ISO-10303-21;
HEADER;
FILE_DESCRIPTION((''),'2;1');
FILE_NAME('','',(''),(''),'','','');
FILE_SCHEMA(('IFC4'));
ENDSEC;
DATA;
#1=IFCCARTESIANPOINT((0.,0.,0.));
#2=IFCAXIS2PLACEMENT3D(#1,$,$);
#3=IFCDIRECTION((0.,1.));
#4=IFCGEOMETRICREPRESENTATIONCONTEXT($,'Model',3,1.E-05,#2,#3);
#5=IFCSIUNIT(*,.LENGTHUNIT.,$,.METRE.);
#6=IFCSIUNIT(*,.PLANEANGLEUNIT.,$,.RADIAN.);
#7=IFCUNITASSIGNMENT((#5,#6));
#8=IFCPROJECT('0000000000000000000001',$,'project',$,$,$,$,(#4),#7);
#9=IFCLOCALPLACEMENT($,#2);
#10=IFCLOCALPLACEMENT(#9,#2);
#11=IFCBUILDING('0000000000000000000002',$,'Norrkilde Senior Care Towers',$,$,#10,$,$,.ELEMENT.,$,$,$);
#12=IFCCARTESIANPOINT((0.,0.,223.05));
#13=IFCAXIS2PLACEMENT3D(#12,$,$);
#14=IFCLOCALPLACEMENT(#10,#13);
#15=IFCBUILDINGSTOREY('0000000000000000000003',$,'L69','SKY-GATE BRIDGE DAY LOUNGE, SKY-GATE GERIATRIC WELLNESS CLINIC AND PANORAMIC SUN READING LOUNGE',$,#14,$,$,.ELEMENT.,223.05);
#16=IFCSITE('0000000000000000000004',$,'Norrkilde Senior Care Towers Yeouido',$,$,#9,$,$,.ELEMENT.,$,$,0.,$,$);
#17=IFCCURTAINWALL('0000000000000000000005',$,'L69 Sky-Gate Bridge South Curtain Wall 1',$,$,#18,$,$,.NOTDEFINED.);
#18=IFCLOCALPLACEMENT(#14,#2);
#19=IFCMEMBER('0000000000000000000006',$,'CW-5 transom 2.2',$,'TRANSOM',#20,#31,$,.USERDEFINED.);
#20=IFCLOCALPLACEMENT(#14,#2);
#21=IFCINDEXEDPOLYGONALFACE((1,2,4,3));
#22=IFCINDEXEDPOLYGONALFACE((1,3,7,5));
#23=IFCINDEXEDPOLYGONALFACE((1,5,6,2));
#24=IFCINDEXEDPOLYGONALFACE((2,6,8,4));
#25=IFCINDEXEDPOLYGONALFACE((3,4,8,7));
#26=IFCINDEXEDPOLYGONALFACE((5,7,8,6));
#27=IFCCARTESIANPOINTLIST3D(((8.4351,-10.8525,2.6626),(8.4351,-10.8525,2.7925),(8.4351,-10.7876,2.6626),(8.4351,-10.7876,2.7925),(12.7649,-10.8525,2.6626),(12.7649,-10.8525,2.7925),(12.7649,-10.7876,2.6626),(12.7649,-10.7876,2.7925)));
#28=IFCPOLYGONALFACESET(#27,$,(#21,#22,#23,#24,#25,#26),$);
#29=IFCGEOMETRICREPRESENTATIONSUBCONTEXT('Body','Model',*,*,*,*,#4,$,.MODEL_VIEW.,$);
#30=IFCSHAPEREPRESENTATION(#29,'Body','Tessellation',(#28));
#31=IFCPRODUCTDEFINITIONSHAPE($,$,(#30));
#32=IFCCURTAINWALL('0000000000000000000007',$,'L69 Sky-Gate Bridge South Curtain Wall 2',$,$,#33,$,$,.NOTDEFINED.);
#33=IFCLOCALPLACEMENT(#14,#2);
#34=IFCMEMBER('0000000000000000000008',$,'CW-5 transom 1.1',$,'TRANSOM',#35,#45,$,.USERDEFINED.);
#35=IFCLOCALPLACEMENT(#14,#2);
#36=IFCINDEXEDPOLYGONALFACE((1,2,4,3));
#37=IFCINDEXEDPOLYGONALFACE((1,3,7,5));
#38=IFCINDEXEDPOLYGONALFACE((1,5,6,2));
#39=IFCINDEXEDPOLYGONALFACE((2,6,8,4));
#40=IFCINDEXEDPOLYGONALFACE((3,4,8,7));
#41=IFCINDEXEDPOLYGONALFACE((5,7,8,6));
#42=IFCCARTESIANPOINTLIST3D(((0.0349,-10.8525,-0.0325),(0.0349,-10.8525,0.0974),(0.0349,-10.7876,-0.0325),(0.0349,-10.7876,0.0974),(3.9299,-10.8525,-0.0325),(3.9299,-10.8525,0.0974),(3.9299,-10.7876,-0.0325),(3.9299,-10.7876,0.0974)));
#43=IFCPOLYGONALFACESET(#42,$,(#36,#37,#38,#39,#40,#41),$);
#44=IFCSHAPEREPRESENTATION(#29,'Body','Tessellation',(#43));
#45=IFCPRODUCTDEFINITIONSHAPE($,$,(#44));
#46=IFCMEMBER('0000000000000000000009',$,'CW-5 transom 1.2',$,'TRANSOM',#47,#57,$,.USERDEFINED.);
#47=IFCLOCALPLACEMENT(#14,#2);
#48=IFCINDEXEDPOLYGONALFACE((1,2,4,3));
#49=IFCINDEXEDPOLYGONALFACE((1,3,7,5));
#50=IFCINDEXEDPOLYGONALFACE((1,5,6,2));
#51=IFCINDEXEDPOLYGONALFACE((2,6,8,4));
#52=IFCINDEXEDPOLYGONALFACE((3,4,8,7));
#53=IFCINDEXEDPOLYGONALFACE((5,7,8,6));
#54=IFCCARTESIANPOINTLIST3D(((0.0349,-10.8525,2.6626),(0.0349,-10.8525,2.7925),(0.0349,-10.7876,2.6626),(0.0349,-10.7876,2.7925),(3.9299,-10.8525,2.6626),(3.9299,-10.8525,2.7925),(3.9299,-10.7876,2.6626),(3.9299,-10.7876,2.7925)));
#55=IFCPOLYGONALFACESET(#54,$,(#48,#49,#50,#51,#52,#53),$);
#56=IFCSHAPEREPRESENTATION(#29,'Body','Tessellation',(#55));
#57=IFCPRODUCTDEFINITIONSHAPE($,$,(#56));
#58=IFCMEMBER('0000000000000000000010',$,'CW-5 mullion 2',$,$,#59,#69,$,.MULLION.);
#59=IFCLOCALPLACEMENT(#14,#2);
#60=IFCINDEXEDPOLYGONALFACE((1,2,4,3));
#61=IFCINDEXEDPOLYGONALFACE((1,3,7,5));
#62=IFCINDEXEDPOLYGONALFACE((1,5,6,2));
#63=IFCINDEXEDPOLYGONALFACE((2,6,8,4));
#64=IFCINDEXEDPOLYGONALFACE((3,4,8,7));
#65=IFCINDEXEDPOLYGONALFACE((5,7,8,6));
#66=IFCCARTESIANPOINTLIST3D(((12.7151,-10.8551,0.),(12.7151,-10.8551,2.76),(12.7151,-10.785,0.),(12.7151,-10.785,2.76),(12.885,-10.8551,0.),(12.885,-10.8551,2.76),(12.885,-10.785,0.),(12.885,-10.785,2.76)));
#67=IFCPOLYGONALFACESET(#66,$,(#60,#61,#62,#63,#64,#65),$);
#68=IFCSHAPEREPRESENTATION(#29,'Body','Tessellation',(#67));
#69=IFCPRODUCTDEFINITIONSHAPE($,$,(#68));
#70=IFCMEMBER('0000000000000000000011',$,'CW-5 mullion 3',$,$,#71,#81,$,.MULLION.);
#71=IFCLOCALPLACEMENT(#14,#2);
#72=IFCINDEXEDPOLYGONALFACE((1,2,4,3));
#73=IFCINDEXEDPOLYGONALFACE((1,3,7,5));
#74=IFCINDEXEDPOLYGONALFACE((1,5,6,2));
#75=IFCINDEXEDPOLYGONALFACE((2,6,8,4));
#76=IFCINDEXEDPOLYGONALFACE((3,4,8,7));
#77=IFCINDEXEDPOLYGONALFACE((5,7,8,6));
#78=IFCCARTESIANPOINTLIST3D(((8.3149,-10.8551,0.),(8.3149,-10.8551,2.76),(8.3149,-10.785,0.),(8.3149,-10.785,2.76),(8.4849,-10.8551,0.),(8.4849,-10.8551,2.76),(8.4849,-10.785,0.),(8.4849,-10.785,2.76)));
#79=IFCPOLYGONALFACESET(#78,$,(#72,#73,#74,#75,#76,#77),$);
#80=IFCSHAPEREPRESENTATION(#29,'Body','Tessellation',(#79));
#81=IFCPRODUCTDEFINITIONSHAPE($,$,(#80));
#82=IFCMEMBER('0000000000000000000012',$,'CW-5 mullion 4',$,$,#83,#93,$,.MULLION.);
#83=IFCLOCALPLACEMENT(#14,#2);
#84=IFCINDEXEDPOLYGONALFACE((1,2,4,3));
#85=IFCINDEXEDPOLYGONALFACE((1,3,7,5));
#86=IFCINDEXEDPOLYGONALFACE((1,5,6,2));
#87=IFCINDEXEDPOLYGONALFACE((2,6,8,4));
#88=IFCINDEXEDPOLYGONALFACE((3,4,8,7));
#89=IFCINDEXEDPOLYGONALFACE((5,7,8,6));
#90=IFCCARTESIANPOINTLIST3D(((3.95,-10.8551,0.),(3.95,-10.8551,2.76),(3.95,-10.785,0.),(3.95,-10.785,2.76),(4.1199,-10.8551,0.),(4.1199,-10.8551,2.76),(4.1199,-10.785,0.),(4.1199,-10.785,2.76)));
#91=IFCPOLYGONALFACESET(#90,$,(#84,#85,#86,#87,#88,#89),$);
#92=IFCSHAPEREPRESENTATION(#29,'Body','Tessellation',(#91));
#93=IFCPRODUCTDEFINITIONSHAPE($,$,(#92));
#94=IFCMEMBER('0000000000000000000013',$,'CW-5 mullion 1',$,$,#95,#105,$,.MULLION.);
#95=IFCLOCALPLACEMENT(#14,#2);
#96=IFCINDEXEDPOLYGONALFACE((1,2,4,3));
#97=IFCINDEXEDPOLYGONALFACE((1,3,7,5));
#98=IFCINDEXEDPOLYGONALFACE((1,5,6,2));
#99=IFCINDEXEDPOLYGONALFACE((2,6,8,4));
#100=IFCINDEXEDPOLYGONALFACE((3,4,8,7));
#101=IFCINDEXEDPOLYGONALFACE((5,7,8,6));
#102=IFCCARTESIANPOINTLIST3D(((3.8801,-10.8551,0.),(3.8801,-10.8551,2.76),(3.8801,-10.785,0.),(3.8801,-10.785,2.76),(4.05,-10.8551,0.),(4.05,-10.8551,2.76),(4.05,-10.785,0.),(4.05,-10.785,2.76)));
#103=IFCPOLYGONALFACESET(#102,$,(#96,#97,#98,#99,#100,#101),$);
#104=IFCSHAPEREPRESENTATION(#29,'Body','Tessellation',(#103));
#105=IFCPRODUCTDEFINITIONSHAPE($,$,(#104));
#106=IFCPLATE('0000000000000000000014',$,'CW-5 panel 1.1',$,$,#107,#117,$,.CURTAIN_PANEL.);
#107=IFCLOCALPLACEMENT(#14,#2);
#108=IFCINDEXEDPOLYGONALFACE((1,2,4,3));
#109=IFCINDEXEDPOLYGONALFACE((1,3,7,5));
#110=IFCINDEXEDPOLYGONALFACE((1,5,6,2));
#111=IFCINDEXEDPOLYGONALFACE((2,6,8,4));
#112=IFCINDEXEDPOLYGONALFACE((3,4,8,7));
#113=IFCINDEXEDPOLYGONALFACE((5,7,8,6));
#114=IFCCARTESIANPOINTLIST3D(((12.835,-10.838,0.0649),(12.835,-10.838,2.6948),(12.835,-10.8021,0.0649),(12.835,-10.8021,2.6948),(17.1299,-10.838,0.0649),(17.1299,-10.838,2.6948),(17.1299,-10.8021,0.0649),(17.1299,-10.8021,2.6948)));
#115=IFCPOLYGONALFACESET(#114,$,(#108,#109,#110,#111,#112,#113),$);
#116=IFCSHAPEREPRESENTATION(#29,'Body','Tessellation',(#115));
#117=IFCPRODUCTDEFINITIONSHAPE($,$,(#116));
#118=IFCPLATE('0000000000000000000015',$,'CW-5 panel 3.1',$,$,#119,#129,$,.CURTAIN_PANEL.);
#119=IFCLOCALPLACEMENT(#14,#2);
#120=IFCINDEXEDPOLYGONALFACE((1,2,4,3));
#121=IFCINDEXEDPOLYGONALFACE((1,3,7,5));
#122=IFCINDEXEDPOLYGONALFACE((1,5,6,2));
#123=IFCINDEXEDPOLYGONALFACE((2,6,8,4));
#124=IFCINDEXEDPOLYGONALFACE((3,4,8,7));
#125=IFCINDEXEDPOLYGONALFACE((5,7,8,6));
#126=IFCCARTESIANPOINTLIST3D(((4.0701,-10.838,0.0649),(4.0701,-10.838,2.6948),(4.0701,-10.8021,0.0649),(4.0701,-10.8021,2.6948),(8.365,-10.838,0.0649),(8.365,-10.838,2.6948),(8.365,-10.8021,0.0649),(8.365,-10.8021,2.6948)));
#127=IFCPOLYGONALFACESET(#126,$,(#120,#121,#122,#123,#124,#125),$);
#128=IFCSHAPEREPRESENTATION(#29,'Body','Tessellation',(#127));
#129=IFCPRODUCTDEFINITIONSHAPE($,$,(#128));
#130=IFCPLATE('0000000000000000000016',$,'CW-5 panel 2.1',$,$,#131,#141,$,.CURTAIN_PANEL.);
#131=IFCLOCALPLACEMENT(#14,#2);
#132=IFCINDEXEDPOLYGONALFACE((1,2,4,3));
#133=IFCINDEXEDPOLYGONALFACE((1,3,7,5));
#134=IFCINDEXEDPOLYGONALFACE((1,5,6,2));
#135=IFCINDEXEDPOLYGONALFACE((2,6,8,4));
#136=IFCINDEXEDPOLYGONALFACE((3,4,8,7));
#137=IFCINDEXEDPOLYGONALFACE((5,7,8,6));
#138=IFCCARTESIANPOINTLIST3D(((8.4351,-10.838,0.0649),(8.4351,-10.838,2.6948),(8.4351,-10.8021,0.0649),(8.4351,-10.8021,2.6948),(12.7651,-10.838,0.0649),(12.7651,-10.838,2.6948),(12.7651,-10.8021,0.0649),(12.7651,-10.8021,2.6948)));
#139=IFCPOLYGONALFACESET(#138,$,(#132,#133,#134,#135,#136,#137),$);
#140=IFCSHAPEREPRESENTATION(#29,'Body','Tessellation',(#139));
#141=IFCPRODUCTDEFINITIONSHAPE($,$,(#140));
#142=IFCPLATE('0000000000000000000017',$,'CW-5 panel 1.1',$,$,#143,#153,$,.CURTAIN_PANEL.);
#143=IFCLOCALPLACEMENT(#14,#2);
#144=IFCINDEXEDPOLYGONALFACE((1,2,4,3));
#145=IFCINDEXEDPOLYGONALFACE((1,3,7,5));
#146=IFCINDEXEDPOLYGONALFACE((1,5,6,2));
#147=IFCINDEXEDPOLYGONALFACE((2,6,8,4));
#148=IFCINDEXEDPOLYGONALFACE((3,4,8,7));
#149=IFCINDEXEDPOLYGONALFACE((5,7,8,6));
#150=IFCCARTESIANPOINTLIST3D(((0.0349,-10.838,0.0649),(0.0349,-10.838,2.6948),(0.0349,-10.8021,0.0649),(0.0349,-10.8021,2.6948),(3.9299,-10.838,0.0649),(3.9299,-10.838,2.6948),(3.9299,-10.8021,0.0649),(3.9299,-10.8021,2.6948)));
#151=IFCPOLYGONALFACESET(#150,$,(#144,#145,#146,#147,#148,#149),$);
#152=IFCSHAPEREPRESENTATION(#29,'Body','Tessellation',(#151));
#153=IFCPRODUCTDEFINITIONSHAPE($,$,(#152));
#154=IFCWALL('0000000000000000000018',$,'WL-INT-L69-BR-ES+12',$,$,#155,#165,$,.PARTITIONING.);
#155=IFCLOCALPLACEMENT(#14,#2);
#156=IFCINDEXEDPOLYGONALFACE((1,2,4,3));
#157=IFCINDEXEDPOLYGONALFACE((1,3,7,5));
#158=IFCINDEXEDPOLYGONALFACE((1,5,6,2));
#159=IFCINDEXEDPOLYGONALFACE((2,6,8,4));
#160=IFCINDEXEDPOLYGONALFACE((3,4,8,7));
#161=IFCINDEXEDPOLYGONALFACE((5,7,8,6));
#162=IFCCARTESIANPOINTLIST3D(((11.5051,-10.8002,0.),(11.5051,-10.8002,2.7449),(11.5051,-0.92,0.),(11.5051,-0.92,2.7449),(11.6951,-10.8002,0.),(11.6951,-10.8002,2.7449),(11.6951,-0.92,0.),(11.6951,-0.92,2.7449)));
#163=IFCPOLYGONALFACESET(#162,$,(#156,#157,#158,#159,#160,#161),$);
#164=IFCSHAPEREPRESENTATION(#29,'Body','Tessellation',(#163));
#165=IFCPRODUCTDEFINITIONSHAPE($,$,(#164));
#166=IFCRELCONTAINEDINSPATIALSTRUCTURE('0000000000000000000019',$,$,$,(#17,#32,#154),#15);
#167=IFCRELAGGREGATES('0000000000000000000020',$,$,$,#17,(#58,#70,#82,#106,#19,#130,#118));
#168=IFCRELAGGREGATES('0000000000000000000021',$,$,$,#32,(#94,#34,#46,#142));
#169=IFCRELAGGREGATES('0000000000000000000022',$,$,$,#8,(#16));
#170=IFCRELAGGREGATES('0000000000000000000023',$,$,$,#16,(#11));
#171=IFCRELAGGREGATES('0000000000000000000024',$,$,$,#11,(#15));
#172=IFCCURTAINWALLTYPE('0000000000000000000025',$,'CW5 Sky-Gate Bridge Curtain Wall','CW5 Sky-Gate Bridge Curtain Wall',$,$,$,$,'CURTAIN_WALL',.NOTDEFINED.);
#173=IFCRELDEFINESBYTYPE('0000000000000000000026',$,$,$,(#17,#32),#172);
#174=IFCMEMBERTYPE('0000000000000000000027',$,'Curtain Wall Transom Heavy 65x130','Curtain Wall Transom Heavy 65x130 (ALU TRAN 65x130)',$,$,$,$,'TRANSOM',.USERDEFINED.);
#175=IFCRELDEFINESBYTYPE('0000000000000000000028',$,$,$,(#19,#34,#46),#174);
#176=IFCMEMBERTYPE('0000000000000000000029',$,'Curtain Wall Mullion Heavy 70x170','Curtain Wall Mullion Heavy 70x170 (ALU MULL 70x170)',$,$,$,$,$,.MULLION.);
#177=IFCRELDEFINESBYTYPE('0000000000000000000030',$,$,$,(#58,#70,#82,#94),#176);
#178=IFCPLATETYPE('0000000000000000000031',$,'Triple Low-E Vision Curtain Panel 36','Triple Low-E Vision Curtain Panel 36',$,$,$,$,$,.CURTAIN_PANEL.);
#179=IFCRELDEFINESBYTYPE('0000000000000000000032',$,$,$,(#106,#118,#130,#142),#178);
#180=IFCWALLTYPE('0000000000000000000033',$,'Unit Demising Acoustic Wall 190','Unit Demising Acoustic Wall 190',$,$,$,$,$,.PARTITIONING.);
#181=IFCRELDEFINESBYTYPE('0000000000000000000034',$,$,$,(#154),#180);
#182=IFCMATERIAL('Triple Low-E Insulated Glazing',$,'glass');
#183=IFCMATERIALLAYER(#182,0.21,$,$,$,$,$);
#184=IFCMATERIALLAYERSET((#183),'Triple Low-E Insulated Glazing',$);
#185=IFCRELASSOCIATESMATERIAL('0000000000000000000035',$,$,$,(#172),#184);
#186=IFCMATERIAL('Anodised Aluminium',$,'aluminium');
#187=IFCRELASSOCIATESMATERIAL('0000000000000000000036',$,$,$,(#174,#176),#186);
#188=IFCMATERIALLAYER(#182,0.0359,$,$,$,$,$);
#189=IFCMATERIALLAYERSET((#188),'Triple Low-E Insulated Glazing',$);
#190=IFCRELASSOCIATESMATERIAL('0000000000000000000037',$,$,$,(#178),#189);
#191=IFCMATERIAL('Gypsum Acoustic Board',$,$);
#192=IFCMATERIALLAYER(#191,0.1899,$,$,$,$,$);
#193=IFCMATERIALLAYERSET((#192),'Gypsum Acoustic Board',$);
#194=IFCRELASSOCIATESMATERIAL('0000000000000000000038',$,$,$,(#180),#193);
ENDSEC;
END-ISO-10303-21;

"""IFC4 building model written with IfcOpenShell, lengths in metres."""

from ifc_helpers import new_model, si_unit, direction, frame, frame_2d, origin, origin_2d, place, context, subcontext, project, spatial, rectangle, extrude, source, transform, mapped, material, layer, layer_set, material_profile, profile_set, type_object, type_shapes, element, aggregate, save


model = new_model("IFC4")

# Units and contexts
model_context = context("Model", 3, precision=1e-05, world=origin(), true_north=direction((0.0, 1.0)))
body_context = subcontext(model_context, "Body", "Model", "MODEL_VIEW")
ifc_project = project(units=[si_unit("LENGTHUNIT", "METRE"), si_unit("PLANEANGLEUNIT", "RADIAN")], contexts=[model_context])

# Site, building, storey
site_placement = place(None, origin())
site = spatial("IfcSite", under=ifc_project, at=site_placement, Name="Norrkilde Senior Care Towers Yeouido", CompositionType="ELEMENT", RefElevation=0.0)
building_placement = place(site_placement, origin())
building = spatial("IfcBuilding", under=site, at=building_placement, Name="Norrkilde Senior Care Towers", CompositionType="ELEMENT")
storey_placement = place(building_placement, frame((0.0, 0.0, 223.05)))
storey = spatial("IfcBuildingStorey", under=building, at=storey_placement, Name="L69", Description="SKY-GATE BRIDGE DAY LOUNGE, SKY-GATE GERIATRIC WELLNESS CLINIC AND PANORAMIC SUN READING LOUNGE", CompositionType="ELEMENT", Elevation=223.05)

# Curtain walls, members
ifc_material_1 = material(Name="Triple Low-E Insulated Glazing", Category="glass")
ifc_layer_1 = layer(ifc_material_1, 0.21)
ifc_layer_set_1 = layer_set([ifc_layer_1], Name="Triple Low-E Insulated Glazing")
curtain_wall_type = type_object("IfcCurtainWallType", Name="CW5 Sky-Gate Bridge Curtain Wall", Description="CW5 Sky-Gate Bridge Curtain Wall", ElementType="CURTAIN_WALL", PredefinedType="NOTDEFINED", material=ifc_layer_set_1)
curtain_wall_1_placement = place(storey_placement, origin())
curtain_wall_1 = element("IfcCurtainWall", 1, at=curtain_wall_1_placement, inside=storey, type_object=curtain_wall_type, Name="L69 Sky-Gate Bridge South Curtain Wall 1", PredefinedType="NOTDEFINED")
ifc_material_2 = material(Name="Anodised Aluminium", Category="aluminium")
ifc_material_profile_1 = material_profile(ifc_material_2, rectangle(XDim=0.0649, YDim=0.1299, at=origin_2d()), Name="ALU TRAN 65x130")
ifc_profile_set_1 = profile_set([ifc_material_profile_1], Name="Anodised Aluminium")
member_type_1 = type_object("IfcMemberType", Name="Curtain Wall Transom Heavy 65x130", Description="Curtain Wall Transom Heavy 65x130 (ALU TRAN 65x130)", ElementType="TRANSOM", PredefinedType="USERDEFINED", material=ifc_profile_set_1)
shared_shape_1 = source(origin(), body_context, "Body", "SweptSolid", [
    extrude(rectangle(XDim=0.0649, YDim=0.1299, at=origin_2d()), origin(), (0.0, 0.0, 1.0), 4.3298),
])
member_1_placement = place(storey_placement, frame((12.7649, -10.8201, 2.7275), z_axis=(-1.0, 0.0, 0.0), x_axis=(0.0, -1.0, 0.0)))
member_1 = element("IfcMember", 2, at=member_1_placement, type_object=member_type_1, Name="CW-5 transom 2.2", ObjectType="TRANSOM", PredefinedType="USERDEFINED", context=body_context, shape_type="MappedRepresentation", body=[
    mapped(shared_shape_1, transform((0.0, 0.0, 0.0), x_axis=(1.0, 0.0, 0.0), y_axis=(0.0, 1.0, 0.0), z_axis=(0.0, 0.0, 1.0), scale=1.0)),
])
curtain_wall_2_placement = place(storey_placement, origin())
curtain_wall_2 = element("IfcCurtainWall", 3, at=curtain_wall_2_placement, inside=storey, type_object=curtain_wall_type, Name="L69 Sky-Gate Bridge South Curtain Wall 2", PredefinedType="NOTDEFINED")
shared_shape_2 = source(origin(), body_context, "Body", "SweptSolid", [
    extrude(rectangle(XDim=0.0649, YDim=0.1299, at=origin_2d()), origin(), (0.0, 0.0, 1.0), 3.895),
])
member_2_placement = place(storey_placement, frame((3.9299, -10.8201, 0.0325), z_axis=(-1.0, 0.0, 0.0), x_axis=(0.0, -1.0, 0.0)))
member_2 = element("IfcMember", 4, at=member_2_placement, type_object=member_type_1, Name="CW-5 transom 1.1", ObjectType="TRANSOM", PredefinedType="USERDEFINED", context=body_context, shape_type="MappedRepresentation", body=[
    mapped(shared_shape_2, transform((0.0, 0.0, 0.0), x_axis=(1.0, 0.0, 0.0), y_axis=(0.0, 1.0, 0.0), z_axis=(0.0, 0.0, 1.0), scale=1.0)),
])
member_3_placement = place(storey_placement, frame((3.9299, -10.8201, 2.7275), z_axis=(-1.0, 0.0, 0.0), x_axis=(0.0, -1.0, 0.0)))
member_3 = element("IfcMember", 5, at=member_3_placement, type_object=member_type_1, Name="CW-5 transom 1.2", ObjectType="TRANSOM", PredefinedType="USERDEFINED", context=body_context, shape_type="MappedRepresentation", body=[
    mapped(shared_shape_2, transform((0.0, 0.0, 0.0), x_axis=(1.0, 0.0, 0.0), y_axis=(0.0, 1.0, 0.0), z_axis=(0.0, 0.0, 1.0), scale=1.0)),
])

# Members
ifc_material_profile_2 = material_profile(ifc_material_2, rectangle(XDim=0.0701, YDim=0.1699, at=origin_2d()), Name="ALU MULL 70x170")
ifc_profile_set_2 = profile_set([ifc_material_profile_2], Name="Anodised Aluminium")
member_type_2 = type_object("IfcMemberType", Name="Curtain Wall Mullion Heavy 70x170", Description="Curtain Wall Mullion Heavy 70x170 (ALU MULL 70x170)", PredefinedType="MULLION", material=ifc_profile_set_2)
shared_shape_3 = source(origin(), body_context, "Body", "SweptSolid", [
    extrude(rectangle(XDim=0.0701, YDim=0.1699, at=origin_2d()), origin(), (0.0, 0.0, 1.0), 2.76),
])
type_shapes(member_type_2, [shared_shape_3])
member_4_placement = place(storey_placement, frame((12.8, -10.8201, 0.0), z_axis=(0.0, 0.0, 1.0), x_axis=(0.0, -1.0, 0.0)))
member_4 = element("IfcMember", 6, at=member_4_placement, type_object=member_type_2, Name="CW-5 mullion 2", PredefinedType="MULLION", context=body_context, shape_type="MappedRepresentation", body=[
    mapped(shared_shape_3, transform((0.0, 0.0, 0.0), x_axis=(1.0, 0.0, 0.0), y_axis=(0.0, 1.0, 0.0), z_axis=(0.0, 0.0, 1.0), scale=1.0)),
])
member_5_placement = place(storey_placement, frame((8.3999, -10.8201, 0.0), z_axis=(0.0, 0.0, 1.0), x_axis=(0.0, -1.0, 0.0)))
member_5 = element("IfcMember", 7, at=member_5_placement, type_object=member_type_2, Name="CW-5 mullion 3", PredefinedType="MULLION", context=body_context, shape_type="MappedRepresentation", body=[
    mapped(shared_shape_3, transform((0.0, 0.0, 0.0), x_axis=(1.0, 0.0, 0.0), y_axis=(0.0, 1.0, 0.0), z_axis=(0.0, 0.0, 1.0), scale=1.0)),
])
member_6_placement = place(storey_placement, frame((4.0349, -10.8201, 0.0), z_axis=(0.0, 0.0, 1.0), x_axis=(0.0, -1.0, 0.0)))
member_6 = element("IfcMember", 8, at=member_6_placement, type_object=member_type_2, Name="CW-5 mullion 4", PredefinedType="MULLION", context=body_context, shape_type="MappedRepresentation", body=[
    mapped(shared_shape_3, transform((0.0, 0.0, 0.0), x_axis=(1.0, 0.0, 0.0), y_axis=(0.0, 1.0, 0.0), z_axis=(0.0, 0.0, 1.0), scale=1.0)),
])
member_7_placement = place(storey_placement, frame((3.9651, -10.8201, 0.0), z_axis=(0.0, 0.0, 1.0), x_axis=(0.0, -1.0, 0.0)))
member_7 = element("IfcMember", 9, at=member_7_placement, type_object=member_type_2, Name="CW-5 mullion 1", PredefinedType="MULLION", context=body_context, shape_type="MappedRepresentation", body=[
    mapped(shared_shape_3, transform((0.0, 0.0, 0.0), x_axis=(1.0, 0.0, 0.0), y_axis=(0.0, 1.0, 0.0), z_axis=(0.0, 0.0, 1.0), scale=1.0)),
])

# Plates
ifc_layer_2 = layer(ifc_material_1, 0.0359)
ifc_layer_set_2 = layer_set([ifc_layer_2], Name="Triple Low-E Insulated Glazing")
plate_type = type_object("IfcPlateType", Name="Triple Low-E Vision Curtain Panel 36", Description="Triple Low-E Vision Curtain Panel 36", PredefinedType="CURTAIN_PANEL", material=ifc_layer_set_2)
shared_shape_4 = source(origin(), body_context, "Body", "SweptSolid", [
    extrude(rectangle(XDim=4.2949, YDim=0.0359, at=origin_2d()), origin(), (0.0, 0.0, 1.0), 2.6299),
])
plate_1_placement = place(storey_placement, frame((14.9824, -10.8201, 0.0649), z_axis=(0.0, 0.0, 1.0), x_axis=(-1.0, 0.0, 0.0)))
plate_1 = element("IfcPlate", 10, at=plate_1_placement, type_object=plate_type, Name="CW-5 panel 1.1", PredefinedType="CURTAIN_PANEL", context=body_context, shape_type="MappedRepresentation", body=[
    mapped(shared_shape_4, transform((0.0, 0.0, 0.0), x_axis=(1.0, 0.0, 0.0), y_axis=(0.0, 1.0, 0.0), z_axis=(0.0, 0.0, 1.0), scale=1.0)),
])
plate_2_placement = place(storey_placement, frame((6.2175, -10.8201, 0.0649), z_axis=(0.0, 0.0, 1.0), x_axis=(-1.0, 0.0, 0.0)))
plate_2 = element("IfcPlate", 11, at=plate_2_placement, type_object=plate_type, Name="CW-5 panel 3.1", PredefinedType="CURTAIN_PANEL", context=body_context, shape_type="MappedRepresentation", body=[
    mapped(shared_shape_4, transform((0.0, 0.0, 0.0), x_axis=(1.0, 0.0, 0.0), y_axis=(0.0, 1.0, 0.0), z_axis=(0.0, 0.0, 1.0), scale=1.0)),
])
shared_shape_5 = source(origin(), body_context, "Body", "SweptSolid", [
    extrude(rectangle(XDim=4.3301, YDim=0.0359, at=origin_2d()), origin(), (0.0, 0.0, 1.0), 2.6299),
])
plate_3_placement = place(storey_placement, frame((10.6001, -10.8201, 0.0649), z_axis=(0.0, 0.0, 1.0), x_axis=(-1.0, 0.0, 0.0)))
plate_3 = element("IfcPlate", 12, at=plate_3_placement, type_object=plate_type, Name="CW-5 panel 2.1", PredefinedType="CURTAIN_PANEL", context=body_context, shape_type="MappedRepresentation", body=[
    mapped(shared_shape_5, transform((0.0, 0.0, 0.0), x_axis=(1.0, 0.0, 0.0), y_axis=(0.0, 1.0, 0.0), z_axis=(0.0, 0.0, 1.0), scale=1.0)),
])
aggregate(curtain_wall_1, [member_4, member_5, member_6, plate_1, member_1, plate_3, plate_2])
shared_shape_6 = source(origin(), body_context, "Body", "SweptSolid", [
    extrude(rectangle(XDim=3.895, YDim=0.0359, at=origin_2d()), origin(), (0.0, 0.0, 1.0), 2.6299),
])
type_shapes(plate_type, [shared_shape_4, shared_shape_5, shared_shape_6])
plate_4_placement = place(storey_placement, frame((1.9824, -10.8201, 0.0649), z_axis=(0.0, 0.0, 1.0), x_axis=(-1.0, 0.0, 0.0)))
plate_4 = element("IfcPlate", 13, at=plate_4_placement, type_object=plate_type, Name="CW-5 panel 1.1", PredefinedType="CURTAIN_PANEL", context=body_context, shape_type="MappedRepresentation", body=[
    mapped(shared_shape_6, transform((0.0, 0.0, 0.0), x_axis=(1.0, 0.0, 0.0), y_axis=(0.0, 1.0, 0.0), z_axis=(0.0, 0.0, 1.0), scale=1.0)),
])
aggregate(curtain_wall_2, [member_7, member_2, member_3, plate_4])

# Shared definitions
ifc_material_3 = material(Name="Gypsum Acoustic Board")

# Wall
ifc_layer_3 = layer(ifc_material_3, 0.1899)
ifc_layer_set_3 = layer_set([ifc_layer_3], Name="Gypsum Acoustic Board")
wall_type_1 = type_object("IfcWallType", Name="Unit Demising Acoustic Wall 190", Description="Unit Demising Acoustic Wall 190", PredefinedType="PARTITIONING", material=ifc_layer_set_3)
shared_shape_7 = source(origin(), body_context, "Body", "SweptSolid", [
    extrude(rectangle(XDim=9.8801, YDim=0.1899, at=frame_2d((4.9399, 0.0))), origin(), (0.0, 0.0, 1.0), 2.7449),
])
type_shapes(wall_type_1, [shared_shape_7])
wall_1_placement = place(storey_placement, frame((11.6001, -10.8, 0.0), z_axis=(0.0, 0.0, 1.0), x_axis=(0.0, 1.0, 0.0)))
element("IfcWall", 14, at=wall_1_placement, inside=storey, type_object=wall_type_1, Name="WL-INT-L69-BR-ES+12", PredefinedType="PARTITIONING", context=body_context, shape_type="MappedRepresentation", body=[
    mapped(shared_shape_7, transform((0.0, 0.0, 0.0), x_axis=(1.0, 0.0, 0.0), y_axis=(0.0, 1.0, 0.0), z_axis=(0.0, 0.0, 1.0), scale=1.0)),
])

save(model, "model.ifc")
